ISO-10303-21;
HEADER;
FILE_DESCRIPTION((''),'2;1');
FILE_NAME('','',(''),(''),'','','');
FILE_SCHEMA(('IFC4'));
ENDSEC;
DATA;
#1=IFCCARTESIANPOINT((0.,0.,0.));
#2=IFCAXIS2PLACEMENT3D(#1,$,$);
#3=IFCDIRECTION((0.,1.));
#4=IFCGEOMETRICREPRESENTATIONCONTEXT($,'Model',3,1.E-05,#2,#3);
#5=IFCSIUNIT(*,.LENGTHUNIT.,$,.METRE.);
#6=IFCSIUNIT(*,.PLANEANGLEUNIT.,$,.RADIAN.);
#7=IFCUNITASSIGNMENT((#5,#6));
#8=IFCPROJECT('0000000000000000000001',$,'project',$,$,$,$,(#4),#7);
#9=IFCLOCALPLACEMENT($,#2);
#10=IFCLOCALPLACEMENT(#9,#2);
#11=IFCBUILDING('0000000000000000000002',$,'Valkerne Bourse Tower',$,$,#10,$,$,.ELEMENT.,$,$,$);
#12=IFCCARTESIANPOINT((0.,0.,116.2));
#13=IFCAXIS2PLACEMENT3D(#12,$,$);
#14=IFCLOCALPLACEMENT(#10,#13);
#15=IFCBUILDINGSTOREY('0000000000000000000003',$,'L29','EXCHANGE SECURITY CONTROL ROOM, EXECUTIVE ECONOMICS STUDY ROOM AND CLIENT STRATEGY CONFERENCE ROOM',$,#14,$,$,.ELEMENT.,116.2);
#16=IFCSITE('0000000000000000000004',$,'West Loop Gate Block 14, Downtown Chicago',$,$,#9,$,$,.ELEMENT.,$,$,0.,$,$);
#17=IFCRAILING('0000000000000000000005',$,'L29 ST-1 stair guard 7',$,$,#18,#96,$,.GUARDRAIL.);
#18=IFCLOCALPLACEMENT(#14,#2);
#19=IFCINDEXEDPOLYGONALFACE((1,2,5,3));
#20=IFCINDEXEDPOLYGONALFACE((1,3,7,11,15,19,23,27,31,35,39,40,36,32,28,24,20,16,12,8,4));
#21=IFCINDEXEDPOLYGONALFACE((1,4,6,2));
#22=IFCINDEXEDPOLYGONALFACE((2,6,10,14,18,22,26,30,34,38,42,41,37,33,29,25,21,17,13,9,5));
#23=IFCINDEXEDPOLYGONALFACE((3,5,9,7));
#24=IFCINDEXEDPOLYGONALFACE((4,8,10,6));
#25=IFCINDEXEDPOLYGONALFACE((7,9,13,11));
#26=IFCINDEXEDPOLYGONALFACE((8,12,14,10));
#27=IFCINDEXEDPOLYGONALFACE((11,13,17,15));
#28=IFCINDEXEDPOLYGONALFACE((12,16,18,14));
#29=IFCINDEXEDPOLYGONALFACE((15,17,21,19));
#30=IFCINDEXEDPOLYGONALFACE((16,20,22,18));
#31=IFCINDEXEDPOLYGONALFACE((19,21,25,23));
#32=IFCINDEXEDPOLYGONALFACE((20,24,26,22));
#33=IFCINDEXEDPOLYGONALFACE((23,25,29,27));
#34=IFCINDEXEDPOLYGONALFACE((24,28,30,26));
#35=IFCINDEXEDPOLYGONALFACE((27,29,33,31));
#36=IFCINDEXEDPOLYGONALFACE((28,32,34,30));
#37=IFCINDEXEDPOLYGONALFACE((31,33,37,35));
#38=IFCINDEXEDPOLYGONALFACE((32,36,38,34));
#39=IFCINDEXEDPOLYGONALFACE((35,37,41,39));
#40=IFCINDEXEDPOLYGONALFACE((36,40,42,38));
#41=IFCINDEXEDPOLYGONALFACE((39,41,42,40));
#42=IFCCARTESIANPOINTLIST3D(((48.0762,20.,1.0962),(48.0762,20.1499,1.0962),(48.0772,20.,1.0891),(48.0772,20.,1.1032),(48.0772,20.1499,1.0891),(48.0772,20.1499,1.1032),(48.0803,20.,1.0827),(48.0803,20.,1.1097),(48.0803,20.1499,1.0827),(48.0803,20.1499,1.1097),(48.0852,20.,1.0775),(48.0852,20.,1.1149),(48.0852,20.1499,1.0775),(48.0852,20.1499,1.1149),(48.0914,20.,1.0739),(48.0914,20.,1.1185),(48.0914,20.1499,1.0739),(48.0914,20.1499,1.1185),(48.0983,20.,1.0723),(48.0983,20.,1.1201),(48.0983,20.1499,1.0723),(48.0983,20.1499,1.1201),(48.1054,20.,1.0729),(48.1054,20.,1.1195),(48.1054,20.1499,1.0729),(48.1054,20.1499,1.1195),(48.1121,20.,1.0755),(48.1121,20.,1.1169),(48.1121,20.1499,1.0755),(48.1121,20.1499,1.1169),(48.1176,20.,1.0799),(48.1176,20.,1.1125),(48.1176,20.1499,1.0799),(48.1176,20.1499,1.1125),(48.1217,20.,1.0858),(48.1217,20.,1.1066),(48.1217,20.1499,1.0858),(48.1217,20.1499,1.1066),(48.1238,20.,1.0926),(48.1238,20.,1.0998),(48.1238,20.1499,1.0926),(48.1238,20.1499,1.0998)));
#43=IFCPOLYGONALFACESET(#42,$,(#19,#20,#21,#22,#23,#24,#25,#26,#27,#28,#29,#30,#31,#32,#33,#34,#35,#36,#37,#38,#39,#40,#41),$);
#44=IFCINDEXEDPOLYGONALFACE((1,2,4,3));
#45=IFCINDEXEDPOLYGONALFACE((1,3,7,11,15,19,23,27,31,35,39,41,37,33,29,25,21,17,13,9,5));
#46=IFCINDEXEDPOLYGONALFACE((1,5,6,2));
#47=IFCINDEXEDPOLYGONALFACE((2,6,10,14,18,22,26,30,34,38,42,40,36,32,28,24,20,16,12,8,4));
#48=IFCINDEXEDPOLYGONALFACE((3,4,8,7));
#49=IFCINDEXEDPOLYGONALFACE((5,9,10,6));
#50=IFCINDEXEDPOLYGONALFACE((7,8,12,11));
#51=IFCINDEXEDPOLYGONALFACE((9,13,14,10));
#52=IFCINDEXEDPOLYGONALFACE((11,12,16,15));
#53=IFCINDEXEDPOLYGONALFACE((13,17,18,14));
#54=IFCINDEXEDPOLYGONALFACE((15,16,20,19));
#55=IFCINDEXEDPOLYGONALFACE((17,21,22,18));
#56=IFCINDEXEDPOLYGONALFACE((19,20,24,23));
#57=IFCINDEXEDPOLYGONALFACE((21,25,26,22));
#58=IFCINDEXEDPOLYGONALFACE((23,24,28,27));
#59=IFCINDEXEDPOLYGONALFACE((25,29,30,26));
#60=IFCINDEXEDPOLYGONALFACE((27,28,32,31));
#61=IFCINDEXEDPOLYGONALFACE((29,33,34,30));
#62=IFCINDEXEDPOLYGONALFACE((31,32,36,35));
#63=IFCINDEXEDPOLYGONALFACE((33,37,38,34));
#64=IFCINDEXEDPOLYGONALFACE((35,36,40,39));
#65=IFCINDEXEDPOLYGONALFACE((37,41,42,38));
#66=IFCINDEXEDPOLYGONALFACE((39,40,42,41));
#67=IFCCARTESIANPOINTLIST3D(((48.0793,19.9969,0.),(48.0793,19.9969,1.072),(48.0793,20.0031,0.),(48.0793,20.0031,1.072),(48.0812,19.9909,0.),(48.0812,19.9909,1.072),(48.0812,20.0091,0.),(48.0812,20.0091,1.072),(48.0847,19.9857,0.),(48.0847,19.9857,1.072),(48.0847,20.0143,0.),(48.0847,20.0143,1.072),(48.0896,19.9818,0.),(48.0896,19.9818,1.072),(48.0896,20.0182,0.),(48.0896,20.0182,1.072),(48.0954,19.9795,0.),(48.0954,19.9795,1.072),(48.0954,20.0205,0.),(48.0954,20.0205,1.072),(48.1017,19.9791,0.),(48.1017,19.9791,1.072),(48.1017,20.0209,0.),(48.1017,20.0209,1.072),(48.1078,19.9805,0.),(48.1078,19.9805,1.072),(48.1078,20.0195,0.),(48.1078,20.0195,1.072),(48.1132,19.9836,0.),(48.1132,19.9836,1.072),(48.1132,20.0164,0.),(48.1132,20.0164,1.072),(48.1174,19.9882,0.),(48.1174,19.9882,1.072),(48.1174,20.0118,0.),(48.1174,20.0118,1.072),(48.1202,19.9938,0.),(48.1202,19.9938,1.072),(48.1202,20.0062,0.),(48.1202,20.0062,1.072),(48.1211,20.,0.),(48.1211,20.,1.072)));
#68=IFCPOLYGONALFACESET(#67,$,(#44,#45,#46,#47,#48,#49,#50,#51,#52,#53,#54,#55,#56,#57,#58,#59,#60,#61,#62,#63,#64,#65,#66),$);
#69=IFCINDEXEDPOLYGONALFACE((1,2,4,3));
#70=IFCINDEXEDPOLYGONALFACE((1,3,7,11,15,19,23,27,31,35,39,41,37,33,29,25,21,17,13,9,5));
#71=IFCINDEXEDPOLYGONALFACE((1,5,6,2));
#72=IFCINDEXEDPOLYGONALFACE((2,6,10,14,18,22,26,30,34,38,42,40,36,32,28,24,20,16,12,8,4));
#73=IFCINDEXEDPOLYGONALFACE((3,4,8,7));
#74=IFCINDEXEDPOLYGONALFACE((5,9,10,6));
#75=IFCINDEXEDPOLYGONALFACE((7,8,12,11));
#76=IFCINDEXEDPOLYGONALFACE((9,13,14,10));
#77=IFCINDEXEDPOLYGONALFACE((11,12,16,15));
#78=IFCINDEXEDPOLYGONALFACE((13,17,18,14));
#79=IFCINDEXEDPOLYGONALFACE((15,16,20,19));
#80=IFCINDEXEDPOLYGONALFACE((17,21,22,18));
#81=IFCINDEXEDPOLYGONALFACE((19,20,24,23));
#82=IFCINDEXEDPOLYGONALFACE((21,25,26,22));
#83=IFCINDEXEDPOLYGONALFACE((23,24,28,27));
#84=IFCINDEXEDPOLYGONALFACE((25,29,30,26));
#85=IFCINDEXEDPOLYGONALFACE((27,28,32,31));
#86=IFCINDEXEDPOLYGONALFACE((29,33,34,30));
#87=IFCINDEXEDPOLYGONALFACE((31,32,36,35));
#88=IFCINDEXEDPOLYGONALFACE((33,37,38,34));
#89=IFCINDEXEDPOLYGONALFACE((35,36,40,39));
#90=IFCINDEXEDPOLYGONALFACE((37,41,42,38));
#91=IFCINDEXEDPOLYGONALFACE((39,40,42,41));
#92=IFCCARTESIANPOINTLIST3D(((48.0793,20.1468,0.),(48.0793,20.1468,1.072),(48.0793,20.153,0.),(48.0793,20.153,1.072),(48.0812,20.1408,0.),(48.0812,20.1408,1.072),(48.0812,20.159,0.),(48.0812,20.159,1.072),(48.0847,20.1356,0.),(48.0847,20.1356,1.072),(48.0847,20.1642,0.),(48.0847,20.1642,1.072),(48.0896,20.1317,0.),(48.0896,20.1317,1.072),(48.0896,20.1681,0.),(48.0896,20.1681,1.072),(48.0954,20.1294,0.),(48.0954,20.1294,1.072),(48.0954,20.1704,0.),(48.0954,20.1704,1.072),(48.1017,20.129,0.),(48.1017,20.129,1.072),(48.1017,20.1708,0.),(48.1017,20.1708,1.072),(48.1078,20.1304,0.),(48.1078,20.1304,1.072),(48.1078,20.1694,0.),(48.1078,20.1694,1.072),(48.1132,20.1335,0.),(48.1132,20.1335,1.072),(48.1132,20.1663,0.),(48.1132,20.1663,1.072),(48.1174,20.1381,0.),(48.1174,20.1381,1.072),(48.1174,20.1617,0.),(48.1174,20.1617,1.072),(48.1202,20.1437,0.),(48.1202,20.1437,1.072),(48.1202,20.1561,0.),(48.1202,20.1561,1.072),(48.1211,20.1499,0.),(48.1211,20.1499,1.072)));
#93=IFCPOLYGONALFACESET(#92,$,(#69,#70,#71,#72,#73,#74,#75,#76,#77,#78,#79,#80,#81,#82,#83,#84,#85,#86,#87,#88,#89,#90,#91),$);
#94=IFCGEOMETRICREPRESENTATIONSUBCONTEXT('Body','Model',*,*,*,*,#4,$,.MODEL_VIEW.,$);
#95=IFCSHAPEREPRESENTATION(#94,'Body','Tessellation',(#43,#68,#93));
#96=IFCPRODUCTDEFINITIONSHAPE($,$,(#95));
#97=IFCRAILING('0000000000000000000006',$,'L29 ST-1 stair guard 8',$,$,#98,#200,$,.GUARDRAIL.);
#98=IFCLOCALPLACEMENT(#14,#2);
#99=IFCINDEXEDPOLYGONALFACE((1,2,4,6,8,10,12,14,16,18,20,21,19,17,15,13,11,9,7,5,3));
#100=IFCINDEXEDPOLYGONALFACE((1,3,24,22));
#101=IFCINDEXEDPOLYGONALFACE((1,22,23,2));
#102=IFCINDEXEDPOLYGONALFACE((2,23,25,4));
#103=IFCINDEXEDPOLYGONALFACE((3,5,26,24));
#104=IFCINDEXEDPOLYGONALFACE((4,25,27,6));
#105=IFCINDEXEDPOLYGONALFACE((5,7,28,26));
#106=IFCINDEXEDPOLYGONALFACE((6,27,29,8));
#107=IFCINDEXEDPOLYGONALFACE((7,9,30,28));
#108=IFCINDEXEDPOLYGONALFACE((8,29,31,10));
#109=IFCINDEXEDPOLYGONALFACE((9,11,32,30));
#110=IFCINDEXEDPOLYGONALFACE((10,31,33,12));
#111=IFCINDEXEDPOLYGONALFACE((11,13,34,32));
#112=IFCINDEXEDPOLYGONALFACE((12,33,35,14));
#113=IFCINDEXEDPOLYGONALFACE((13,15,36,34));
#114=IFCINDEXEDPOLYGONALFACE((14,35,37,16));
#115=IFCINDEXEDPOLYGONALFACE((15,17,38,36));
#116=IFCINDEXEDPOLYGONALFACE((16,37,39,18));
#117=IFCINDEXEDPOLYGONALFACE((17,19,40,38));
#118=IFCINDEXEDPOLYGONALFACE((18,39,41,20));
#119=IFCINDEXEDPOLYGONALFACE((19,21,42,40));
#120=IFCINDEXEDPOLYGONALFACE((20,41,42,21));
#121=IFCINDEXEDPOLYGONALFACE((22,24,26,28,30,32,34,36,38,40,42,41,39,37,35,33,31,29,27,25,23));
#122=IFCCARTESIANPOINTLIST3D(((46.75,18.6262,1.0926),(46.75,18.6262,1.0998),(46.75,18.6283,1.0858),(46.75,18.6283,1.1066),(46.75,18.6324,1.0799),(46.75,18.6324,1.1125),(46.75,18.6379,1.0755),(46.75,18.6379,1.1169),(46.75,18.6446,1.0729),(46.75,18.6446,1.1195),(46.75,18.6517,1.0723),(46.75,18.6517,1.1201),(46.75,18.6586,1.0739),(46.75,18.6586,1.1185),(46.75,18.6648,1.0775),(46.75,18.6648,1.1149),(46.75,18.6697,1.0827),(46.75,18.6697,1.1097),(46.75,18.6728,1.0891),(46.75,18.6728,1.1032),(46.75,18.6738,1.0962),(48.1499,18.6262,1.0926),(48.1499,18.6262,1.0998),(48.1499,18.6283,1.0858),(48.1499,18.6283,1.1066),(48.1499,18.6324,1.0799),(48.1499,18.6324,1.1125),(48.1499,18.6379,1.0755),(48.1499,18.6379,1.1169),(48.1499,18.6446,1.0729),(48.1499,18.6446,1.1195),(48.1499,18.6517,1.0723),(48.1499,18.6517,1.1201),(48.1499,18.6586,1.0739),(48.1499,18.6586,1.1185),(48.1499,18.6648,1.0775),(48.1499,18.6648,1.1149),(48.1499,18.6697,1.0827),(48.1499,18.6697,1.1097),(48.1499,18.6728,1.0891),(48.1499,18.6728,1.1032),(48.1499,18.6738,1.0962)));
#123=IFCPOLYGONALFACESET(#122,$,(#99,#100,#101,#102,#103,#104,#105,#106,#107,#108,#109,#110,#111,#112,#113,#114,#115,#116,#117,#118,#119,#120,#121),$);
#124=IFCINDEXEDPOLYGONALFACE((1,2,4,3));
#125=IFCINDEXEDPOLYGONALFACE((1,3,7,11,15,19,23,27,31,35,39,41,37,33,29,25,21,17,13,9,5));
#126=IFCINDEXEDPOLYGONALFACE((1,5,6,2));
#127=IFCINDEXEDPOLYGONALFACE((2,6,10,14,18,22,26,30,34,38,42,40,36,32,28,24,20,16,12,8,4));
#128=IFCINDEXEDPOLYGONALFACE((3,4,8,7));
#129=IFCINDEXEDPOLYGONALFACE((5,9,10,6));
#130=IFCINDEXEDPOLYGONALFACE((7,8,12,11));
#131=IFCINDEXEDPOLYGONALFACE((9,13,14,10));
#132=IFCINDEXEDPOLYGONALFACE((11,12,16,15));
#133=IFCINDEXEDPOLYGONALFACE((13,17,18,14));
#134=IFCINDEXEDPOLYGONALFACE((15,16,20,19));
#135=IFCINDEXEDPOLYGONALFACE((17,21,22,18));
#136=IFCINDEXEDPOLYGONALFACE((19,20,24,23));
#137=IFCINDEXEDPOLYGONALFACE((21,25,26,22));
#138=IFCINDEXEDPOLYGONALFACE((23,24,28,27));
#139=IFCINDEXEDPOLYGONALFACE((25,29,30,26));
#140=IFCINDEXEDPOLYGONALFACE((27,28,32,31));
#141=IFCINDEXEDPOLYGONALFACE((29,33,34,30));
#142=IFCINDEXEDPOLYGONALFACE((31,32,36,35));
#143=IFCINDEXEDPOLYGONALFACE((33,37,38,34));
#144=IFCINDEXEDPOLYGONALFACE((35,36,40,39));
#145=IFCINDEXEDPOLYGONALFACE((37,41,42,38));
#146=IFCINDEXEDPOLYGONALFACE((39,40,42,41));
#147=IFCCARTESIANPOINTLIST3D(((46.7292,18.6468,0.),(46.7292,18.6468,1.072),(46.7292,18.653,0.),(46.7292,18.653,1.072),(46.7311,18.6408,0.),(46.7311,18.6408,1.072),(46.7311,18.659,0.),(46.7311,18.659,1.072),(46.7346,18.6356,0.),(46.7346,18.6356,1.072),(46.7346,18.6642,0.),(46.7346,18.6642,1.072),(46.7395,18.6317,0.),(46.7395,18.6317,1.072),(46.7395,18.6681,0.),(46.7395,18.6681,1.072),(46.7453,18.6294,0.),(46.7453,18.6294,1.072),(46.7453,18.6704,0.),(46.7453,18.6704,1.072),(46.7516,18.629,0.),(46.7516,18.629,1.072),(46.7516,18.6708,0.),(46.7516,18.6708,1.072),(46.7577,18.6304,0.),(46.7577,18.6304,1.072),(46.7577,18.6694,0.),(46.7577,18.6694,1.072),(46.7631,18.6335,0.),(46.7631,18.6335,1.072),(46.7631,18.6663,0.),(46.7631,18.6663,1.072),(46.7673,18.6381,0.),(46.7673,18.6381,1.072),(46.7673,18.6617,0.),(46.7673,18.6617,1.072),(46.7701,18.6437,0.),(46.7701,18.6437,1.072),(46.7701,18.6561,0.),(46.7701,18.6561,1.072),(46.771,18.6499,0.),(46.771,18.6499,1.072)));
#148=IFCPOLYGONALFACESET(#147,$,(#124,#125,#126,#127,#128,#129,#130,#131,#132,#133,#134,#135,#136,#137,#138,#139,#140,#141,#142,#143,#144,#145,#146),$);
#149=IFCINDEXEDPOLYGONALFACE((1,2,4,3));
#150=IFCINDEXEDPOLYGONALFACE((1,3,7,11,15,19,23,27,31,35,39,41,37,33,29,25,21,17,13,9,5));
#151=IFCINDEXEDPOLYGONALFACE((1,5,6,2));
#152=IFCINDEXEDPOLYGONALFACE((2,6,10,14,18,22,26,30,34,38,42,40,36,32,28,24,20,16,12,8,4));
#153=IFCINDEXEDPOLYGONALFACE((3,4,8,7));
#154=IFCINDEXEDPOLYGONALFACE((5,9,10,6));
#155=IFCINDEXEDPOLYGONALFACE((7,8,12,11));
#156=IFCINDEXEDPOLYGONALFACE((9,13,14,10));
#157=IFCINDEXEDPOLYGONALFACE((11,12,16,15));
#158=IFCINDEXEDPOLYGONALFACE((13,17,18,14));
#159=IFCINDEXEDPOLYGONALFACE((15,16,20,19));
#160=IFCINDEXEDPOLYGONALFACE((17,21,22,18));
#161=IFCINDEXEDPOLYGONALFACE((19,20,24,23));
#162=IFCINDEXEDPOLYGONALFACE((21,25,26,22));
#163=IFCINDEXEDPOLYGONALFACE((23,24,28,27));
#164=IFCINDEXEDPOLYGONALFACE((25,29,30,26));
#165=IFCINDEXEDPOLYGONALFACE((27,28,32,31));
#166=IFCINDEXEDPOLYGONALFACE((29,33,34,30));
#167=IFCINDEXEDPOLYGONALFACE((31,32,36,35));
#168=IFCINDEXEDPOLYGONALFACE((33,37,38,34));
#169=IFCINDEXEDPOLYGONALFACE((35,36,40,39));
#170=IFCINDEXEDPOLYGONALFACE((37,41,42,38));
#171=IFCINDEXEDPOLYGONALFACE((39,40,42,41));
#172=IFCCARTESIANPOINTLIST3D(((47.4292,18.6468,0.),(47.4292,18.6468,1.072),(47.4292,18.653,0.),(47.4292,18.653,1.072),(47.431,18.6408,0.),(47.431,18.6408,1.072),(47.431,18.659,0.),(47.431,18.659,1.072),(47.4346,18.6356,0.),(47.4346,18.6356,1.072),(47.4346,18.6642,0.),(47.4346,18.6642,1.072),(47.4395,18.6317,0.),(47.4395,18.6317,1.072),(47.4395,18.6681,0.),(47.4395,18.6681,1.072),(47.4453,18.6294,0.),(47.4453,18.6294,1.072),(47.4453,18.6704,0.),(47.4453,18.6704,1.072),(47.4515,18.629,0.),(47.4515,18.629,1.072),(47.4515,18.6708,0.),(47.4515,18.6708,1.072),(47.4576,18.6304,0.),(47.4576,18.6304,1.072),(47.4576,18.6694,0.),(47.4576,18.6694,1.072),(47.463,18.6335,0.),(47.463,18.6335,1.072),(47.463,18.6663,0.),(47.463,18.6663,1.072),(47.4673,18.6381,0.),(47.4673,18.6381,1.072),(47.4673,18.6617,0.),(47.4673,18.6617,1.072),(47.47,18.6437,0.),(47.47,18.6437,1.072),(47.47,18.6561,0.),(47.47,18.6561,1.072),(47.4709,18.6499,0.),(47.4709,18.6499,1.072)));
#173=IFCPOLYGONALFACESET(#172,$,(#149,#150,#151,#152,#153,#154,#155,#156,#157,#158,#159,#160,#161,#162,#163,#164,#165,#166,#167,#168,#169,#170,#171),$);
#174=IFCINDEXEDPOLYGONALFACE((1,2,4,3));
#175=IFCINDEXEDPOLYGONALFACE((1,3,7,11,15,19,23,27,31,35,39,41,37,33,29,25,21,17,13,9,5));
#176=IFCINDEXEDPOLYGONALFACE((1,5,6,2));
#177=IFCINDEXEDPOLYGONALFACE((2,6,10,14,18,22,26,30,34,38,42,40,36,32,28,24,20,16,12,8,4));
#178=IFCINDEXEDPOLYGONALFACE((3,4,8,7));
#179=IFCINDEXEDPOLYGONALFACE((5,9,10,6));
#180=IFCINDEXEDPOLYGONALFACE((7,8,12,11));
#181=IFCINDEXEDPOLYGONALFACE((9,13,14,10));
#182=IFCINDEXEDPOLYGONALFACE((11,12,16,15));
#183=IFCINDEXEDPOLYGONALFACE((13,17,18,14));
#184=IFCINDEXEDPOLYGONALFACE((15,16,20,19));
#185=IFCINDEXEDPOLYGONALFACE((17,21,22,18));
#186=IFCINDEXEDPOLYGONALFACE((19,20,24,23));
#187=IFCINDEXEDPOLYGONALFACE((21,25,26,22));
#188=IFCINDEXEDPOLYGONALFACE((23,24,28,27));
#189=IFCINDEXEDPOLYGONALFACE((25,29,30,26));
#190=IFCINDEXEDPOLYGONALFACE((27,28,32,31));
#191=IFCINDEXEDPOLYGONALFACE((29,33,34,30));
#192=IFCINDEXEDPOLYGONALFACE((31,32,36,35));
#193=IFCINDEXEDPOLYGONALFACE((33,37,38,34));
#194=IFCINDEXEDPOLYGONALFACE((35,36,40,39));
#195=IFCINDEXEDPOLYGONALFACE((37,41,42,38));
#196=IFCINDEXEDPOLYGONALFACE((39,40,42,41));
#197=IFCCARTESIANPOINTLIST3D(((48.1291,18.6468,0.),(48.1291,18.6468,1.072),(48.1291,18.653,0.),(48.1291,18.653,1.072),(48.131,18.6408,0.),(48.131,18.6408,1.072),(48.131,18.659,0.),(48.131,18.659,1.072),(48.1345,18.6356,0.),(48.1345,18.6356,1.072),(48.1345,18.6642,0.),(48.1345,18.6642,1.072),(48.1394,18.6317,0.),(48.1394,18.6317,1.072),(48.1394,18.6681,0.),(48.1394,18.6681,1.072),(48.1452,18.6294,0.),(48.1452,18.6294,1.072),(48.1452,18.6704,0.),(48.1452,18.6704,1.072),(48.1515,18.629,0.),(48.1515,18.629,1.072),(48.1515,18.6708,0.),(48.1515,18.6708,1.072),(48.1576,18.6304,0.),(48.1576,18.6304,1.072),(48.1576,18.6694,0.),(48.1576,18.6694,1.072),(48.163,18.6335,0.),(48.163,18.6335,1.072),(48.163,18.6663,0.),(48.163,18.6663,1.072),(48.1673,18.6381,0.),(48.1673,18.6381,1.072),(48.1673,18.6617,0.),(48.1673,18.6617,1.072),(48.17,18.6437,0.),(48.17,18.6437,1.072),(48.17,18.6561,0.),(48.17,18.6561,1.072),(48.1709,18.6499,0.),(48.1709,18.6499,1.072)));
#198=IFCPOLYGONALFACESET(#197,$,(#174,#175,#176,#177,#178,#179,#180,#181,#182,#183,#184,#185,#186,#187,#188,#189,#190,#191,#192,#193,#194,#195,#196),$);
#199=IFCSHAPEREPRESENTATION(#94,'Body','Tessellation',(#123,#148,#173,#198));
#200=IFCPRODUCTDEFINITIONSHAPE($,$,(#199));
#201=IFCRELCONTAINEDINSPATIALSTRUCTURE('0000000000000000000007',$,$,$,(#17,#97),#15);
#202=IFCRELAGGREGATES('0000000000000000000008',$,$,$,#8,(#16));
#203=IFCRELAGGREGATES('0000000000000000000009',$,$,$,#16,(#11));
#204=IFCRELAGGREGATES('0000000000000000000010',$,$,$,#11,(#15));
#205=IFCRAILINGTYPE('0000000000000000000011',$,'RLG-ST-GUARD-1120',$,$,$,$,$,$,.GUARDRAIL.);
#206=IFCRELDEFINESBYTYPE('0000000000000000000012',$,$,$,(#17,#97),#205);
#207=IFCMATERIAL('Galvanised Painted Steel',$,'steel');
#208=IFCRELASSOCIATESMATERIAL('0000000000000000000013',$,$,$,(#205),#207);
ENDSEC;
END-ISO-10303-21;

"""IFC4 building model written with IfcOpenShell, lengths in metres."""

from ifc_helpers import new_model, si_unit, direction, frame, origin, origin_2d, place, context, subcontext, project, spatial, circle, extrude, material, type_object, element, save


model = new_model("IFC4")

# Units and contexts
model_context = context("Model", 3, precision=1e-05, world=origin(), true_north=direction((0.0, 1.0)))
body_context = subcontext(model_context, "Body", "Model", "MODEL_VIEW")
ifc_project = project(units=[si_unit("LENGTHUNIT", "METRE"), si_unit("PLANEANGLEUNIT", "RADIAN")], contexts=[model_context])

# Site, building, storey
site_placement = place(None, origin())
site = spatial("IfcSite", under=ifc_project, at=site_placement, Name="West Loop Gate Block 14, Downtown Chicago", CompositionType="ELEMENT", RefElevation=0.0)
building_placement = place(site_placement, origin())
building = spatial("IfcBuilding", under=site, at=building_placement, Name="Valkerne Bourse Tower", CompositionType="ELEMENT")
storey_placement = place(building_placement, frame((0.0, 0.0, 116.2)))
storey = spatial("IfcBuildingStorey", under=building, at=storey_placement, Name="L29", Description="EXCHANGE SECURITY CONTROL ROOM, EXECUTIVE ECONOMICS STUDY ROOM AND CLIENT STRATEGY CONFERENCE ROOM", CompositionType="ELEMENT", Elevation=116.2)

# Shared definitions
ifc_material_1 = material(Name="Galvanised Painted Steel", Category="steel")

# Railings
railing_type_1 = type_object("IfcRailingType", Name="RLG-ST-GUARD-1120", PredefinedType="GUARDRAIL", material=ifc_material_1)
railing_1_placement = place(storey_placement, frame((48.1001, 20.0, 0.0)))
element("IfcRailing", 1, at=railing_1_placement, inside=storey, type_object=railing_type_1, Name="L29 ST-1 stair guard 7", PredefinedType="GUARDRAIL", context=body_context, shape_type="SweptSolid", body=[
    extrude(circle(Radius=0.0239, at=origin_2d()), frame((0.0, 0.0, 1.0962), z_axis=(0.0, 1.0, 0.0), x_axis=(-1.0, 0.0, 0.0)), (0.0, 0.0, 1.0), 0.1499),
    extrude(circle(Radius=0.021, at=origin_2d()), origin(), (0.0, 0.0, 1.0), 1.072),
    extrude(circle(Radius=0.021, at=origin_2d()), frame((0.0, 0.1499, 0.0)), (0.0, 0.0, 1.0), 1.072),
])
for number, where, name in (
    (2, (46.75, 18.6499, 0.0), "L29 ST-1 stair guard 8"),
):
    element("IfcRailing", number, at=place(storey_placement, frame(where)), inside=storey, type_object=railing_type_1, Name=name, PredefinedType="GUARDRAIL", context=body_context, shape_type="SweptSolid", body=[
        extrude(circle(Radius=0.0239, at=origin_2d()), frame((0.0, 0.0, 1.0962), z_axis=(1.0, 0.0, 0.0), x_axis=(0.0, 1.0, 0.0)), (0.0, 0.0, 1.0), 1.3999),
        extrude(circle(Radius=0.021, at=origin_2d()), origin(), (0.0, 0.0, 1.0), 1.072),
        extrude(circle(Radius=0.021, at=origin_2d()), frame((0.7, 0.0, 0.0)), (0.0, 0.0, 1.0), 1.072),
        extrude(circle(Radius=0.021, at=origin_2d()), frame((1.3999, 0.0, 0.0)), (0.0, 0.0, 1.0), 1.072),
    ])

save(model, "model.ifc")
